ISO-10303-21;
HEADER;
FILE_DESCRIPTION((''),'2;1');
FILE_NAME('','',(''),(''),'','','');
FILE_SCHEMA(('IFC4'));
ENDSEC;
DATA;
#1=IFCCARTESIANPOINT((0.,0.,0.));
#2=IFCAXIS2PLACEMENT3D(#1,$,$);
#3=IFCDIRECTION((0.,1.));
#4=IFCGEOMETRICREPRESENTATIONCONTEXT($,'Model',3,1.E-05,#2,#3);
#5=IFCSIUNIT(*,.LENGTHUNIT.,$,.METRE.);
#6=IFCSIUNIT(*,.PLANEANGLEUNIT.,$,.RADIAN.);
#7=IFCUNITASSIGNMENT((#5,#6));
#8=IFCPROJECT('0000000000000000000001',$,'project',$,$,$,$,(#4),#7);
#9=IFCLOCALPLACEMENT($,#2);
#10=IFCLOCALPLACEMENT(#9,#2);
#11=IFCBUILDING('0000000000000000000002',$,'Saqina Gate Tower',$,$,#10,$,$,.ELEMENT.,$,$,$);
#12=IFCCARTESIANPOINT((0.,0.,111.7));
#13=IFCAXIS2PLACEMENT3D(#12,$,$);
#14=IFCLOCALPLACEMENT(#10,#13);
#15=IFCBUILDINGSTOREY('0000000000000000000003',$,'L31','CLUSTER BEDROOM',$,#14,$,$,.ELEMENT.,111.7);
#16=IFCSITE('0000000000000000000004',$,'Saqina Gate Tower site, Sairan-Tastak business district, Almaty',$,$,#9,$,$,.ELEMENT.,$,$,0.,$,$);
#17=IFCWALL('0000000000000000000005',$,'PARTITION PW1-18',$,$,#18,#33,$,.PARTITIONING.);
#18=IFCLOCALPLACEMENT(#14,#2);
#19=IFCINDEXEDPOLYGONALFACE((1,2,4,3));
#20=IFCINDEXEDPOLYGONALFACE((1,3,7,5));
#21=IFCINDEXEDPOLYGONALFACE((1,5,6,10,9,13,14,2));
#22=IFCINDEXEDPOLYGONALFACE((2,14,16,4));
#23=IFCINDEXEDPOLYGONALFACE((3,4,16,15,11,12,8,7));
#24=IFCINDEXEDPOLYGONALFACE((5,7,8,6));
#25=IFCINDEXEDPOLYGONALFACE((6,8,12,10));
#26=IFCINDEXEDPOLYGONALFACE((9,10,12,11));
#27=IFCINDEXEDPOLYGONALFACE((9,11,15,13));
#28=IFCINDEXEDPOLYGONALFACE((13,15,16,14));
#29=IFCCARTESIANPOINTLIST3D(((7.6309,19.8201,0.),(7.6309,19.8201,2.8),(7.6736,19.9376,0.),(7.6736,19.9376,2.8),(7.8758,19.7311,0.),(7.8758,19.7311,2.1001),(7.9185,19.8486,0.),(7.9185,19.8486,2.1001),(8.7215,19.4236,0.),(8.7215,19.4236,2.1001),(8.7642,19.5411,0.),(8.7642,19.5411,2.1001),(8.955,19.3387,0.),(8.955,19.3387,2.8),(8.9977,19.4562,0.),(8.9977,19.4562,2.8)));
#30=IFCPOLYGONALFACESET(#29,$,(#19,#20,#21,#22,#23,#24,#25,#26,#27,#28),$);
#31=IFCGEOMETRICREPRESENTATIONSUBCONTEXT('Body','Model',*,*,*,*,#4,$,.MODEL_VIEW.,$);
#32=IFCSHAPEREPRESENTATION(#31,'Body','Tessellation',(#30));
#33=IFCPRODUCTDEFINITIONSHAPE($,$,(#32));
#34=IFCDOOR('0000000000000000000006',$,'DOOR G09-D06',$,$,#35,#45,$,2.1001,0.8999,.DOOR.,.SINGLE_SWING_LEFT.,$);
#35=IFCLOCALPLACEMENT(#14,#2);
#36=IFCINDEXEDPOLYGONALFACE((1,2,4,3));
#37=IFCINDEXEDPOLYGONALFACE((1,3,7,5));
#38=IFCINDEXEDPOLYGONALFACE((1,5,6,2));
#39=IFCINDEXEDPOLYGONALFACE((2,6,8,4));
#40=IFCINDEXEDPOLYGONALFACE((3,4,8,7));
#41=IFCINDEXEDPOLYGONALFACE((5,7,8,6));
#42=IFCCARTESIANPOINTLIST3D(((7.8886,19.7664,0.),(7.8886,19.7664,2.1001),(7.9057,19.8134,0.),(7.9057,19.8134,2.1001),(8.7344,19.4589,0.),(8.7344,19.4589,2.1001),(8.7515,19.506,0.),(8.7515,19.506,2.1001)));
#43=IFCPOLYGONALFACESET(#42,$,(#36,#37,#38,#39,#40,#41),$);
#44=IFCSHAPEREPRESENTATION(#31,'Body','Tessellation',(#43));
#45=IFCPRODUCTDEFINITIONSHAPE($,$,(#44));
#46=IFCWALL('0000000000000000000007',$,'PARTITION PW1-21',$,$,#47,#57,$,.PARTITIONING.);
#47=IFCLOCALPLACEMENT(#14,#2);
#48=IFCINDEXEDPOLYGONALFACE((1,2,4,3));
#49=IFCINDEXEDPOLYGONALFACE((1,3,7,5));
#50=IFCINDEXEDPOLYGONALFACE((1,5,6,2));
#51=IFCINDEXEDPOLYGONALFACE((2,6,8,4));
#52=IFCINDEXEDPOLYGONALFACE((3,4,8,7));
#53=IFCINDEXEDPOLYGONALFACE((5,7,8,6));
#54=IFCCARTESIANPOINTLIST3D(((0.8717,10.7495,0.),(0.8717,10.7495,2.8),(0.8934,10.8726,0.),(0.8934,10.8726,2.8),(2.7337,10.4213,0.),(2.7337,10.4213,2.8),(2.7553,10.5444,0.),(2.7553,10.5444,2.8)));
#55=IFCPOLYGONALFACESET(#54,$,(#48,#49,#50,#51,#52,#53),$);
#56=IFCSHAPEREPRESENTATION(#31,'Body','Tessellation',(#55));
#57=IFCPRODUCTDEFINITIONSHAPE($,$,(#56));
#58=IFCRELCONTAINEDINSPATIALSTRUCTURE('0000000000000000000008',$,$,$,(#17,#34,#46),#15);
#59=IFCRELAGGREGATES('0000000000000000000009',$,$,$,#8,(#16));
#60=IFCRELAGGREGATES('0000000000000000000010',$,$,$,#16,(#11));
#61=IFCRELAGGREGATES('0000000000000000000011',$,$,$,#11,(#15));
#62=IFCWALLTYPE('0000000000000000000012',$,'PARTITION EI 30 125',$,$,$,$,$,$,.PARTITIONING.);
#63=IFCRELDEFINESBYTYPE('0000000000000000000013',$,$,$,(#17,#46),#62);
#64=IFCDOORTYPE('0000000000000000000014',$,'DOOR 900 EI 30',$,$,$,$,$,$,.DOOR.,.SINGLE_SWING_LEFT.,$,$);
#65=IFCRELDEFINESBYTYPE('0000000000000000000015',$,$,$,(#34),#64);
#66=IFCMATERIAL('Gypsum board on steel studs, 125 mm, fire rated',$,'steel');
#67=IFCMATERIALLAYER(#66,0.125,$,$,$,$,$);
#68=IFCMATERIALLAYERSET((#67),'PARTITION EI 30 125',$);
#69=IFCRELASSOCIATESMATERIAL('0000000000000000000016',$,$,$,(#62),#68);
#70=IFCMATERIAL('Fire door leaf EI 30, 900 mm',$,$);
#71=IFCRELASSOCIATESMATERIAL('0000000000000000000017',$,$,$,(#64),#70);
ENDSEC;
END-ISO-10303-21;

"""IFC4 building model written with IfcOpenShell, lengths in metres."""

from ifc_helpers import new_model, si_unit, direction, frame, frame_2d, origin, place, context, subcontext, project, spatial, rectangle, extrude, material, layer, layer_set, type_object, element, fill, save


model = new_model("IFC4")

# Units and contexts
model_context = context("Model", 3, precision=1e-05, world=origin(), true_north=direction((0.0, 1.0)))
body_context = subcontext(model_context, "Body", "Model", "MODEL_VIEW")
ifc_project = project(units=[si_unit("LENGTHUNIT", "METRE"), si_unit("PLANEANGLEUNIT", "RADIAN")], contexts=[model_context])

# Site, building, storey
site_placement = place(None, origin())
site = spatial("IfcSite", under=ifc_project, at=site_placement, Name="Saqina Gate Tower site, Sairan-Tastak business district, Almaty", CompositionType="ELEMENT", RefElevation=0.0)
building_placement = place(site_placement, origin())
building = spatial("IfcBuilding", under=site, at=building_placement, Name="Saqina Gate Tower", CompositionType="ELEMENT")
storey_placement = place(building_placement, frame((0.0, 0.0, 111.7)))
storey = spatial("IfcBuildingStorey", under=building, at=storey_placement, Name="L31", Description="CLUSTER BEDROOM", CompositionType="ELEMENT", Elevation=111.7)

# Shared definitions
ifc_material_1 = material(Name="Gypsum board on steel studs, 125 mm, fire rated", Category="steel")
ifc_layer_1 = layer(ifc_material_1, 0.125)
ifc_layer_set_1 = layer_set([ifc_layer_1], Name="PARTITION EI 30 125")
wall_type_1 = type_object("IfcWallType", Name="PARTITION EI 30 125", PredefinedType="PARTITIONING", material=ifc_layer_set_1)

# Wall, opening, door
wall_1_placement = place(storey_placement, frame((7.6521, 19.8789, 0.0), z_axis=(0.0, 0.0, 1.0), x_axis=(0.939814, -0.341687, 0.0)))
wall_1 = element("IfcWall", 1, at=wall_1_placement, inside=storey, type_object=wall_type_1, Name="PARTITION PW1-18", PredefinedType="PARTITIONING", context=body_context, shape_type="SweptSolid", body=[
    extrude(rectangle(XDim=1.4089, YDim=0.125, at=frame_2d((0.7046, 0.0))), origin(), (0.0, 0.0, 1.0), 2.8),
])
opening_1_placement = place(wall_1_placement, frame((0.2607, 0.0, 0.0)))
opening_1 = element("IfcOpeningElement", 2, at=opening_1_placement, cuts=wall_1, PredefinedType="OPENING", context=body_context, shape_type="SweptSolid", body=[
    extrude(rectangle(XDim=0.8999, YDim=2.1001, at=frame_2d((0.45, 1.05))), frame((0.0, 0.0745, 0.0), z_axis=(0.0, -1.0, 0.0), x_axis=(1.0, 0.0, 0.0)), (0.0, 0.0, 1.0), 0.1489),
])
ifc_material_2 = material(Name="Fire door leaf EI 30, 900 mm")
door_type_1 = type_object("IfcDoorType", Name="DOOR 900 EI 30", OperationType="SINGLE_SWING_LEFT", PredefinedType="DOOR", material=ifc_material_2)
door_1_placement = place(opening_1_placement, frame((0.8999, 0.0, 0.0), z_axis=(0.0, 0.0, 1.0), x_axis=(-1.0, 0.0, 0.0)))
door_1 = element("IfcDoor", 3, at=door_1_placement, inside=storey, type_object=door_type_1, Name="DOOR G09-D06", OperationType="SINGLE_SWING_LEFT", OverallHeight=2.1001, OverallWidth=0.8999, PredefinedType="DOOR", context=body_context, shape_type="SweptSolid", body=[
    extrude(rectangle(XDim=0.8999, YDim=2.1001, at=frame_2d((0.45, 1.05))), frame((0.0, 0.0249, 0.0), z_axis=(0.0, -1.0, 0.0), x_axis=(1.0, 0.0, 0.0)), (0.0, 0.0, 1.0), 0.05),
])
fill(opening_1, door_1)

# Wall
wall_2_placement = place(storey_placement, frame((0.8826, 10.811, 0.0), z_axis=(0.0, 0.0, 1.0), x_axis=(0.984823, -0.173564, 0.0)))
element("IfcWall", 4, at=wall_2_placement, inside=storey, type_object=wall_type_1, Name="PARTITION PW1-21", PredefinedType="PARTITIONING", context=body_context, shape_type="SweptSolid", body=[
    extrude(rectangle(XDim=1.8906, YDim=0.125, at=frame_2d((0.9453, 0.0))), origin(), (0.0, 0.0, 1.0), 2.8),
])

save(model, "model.ifc")
